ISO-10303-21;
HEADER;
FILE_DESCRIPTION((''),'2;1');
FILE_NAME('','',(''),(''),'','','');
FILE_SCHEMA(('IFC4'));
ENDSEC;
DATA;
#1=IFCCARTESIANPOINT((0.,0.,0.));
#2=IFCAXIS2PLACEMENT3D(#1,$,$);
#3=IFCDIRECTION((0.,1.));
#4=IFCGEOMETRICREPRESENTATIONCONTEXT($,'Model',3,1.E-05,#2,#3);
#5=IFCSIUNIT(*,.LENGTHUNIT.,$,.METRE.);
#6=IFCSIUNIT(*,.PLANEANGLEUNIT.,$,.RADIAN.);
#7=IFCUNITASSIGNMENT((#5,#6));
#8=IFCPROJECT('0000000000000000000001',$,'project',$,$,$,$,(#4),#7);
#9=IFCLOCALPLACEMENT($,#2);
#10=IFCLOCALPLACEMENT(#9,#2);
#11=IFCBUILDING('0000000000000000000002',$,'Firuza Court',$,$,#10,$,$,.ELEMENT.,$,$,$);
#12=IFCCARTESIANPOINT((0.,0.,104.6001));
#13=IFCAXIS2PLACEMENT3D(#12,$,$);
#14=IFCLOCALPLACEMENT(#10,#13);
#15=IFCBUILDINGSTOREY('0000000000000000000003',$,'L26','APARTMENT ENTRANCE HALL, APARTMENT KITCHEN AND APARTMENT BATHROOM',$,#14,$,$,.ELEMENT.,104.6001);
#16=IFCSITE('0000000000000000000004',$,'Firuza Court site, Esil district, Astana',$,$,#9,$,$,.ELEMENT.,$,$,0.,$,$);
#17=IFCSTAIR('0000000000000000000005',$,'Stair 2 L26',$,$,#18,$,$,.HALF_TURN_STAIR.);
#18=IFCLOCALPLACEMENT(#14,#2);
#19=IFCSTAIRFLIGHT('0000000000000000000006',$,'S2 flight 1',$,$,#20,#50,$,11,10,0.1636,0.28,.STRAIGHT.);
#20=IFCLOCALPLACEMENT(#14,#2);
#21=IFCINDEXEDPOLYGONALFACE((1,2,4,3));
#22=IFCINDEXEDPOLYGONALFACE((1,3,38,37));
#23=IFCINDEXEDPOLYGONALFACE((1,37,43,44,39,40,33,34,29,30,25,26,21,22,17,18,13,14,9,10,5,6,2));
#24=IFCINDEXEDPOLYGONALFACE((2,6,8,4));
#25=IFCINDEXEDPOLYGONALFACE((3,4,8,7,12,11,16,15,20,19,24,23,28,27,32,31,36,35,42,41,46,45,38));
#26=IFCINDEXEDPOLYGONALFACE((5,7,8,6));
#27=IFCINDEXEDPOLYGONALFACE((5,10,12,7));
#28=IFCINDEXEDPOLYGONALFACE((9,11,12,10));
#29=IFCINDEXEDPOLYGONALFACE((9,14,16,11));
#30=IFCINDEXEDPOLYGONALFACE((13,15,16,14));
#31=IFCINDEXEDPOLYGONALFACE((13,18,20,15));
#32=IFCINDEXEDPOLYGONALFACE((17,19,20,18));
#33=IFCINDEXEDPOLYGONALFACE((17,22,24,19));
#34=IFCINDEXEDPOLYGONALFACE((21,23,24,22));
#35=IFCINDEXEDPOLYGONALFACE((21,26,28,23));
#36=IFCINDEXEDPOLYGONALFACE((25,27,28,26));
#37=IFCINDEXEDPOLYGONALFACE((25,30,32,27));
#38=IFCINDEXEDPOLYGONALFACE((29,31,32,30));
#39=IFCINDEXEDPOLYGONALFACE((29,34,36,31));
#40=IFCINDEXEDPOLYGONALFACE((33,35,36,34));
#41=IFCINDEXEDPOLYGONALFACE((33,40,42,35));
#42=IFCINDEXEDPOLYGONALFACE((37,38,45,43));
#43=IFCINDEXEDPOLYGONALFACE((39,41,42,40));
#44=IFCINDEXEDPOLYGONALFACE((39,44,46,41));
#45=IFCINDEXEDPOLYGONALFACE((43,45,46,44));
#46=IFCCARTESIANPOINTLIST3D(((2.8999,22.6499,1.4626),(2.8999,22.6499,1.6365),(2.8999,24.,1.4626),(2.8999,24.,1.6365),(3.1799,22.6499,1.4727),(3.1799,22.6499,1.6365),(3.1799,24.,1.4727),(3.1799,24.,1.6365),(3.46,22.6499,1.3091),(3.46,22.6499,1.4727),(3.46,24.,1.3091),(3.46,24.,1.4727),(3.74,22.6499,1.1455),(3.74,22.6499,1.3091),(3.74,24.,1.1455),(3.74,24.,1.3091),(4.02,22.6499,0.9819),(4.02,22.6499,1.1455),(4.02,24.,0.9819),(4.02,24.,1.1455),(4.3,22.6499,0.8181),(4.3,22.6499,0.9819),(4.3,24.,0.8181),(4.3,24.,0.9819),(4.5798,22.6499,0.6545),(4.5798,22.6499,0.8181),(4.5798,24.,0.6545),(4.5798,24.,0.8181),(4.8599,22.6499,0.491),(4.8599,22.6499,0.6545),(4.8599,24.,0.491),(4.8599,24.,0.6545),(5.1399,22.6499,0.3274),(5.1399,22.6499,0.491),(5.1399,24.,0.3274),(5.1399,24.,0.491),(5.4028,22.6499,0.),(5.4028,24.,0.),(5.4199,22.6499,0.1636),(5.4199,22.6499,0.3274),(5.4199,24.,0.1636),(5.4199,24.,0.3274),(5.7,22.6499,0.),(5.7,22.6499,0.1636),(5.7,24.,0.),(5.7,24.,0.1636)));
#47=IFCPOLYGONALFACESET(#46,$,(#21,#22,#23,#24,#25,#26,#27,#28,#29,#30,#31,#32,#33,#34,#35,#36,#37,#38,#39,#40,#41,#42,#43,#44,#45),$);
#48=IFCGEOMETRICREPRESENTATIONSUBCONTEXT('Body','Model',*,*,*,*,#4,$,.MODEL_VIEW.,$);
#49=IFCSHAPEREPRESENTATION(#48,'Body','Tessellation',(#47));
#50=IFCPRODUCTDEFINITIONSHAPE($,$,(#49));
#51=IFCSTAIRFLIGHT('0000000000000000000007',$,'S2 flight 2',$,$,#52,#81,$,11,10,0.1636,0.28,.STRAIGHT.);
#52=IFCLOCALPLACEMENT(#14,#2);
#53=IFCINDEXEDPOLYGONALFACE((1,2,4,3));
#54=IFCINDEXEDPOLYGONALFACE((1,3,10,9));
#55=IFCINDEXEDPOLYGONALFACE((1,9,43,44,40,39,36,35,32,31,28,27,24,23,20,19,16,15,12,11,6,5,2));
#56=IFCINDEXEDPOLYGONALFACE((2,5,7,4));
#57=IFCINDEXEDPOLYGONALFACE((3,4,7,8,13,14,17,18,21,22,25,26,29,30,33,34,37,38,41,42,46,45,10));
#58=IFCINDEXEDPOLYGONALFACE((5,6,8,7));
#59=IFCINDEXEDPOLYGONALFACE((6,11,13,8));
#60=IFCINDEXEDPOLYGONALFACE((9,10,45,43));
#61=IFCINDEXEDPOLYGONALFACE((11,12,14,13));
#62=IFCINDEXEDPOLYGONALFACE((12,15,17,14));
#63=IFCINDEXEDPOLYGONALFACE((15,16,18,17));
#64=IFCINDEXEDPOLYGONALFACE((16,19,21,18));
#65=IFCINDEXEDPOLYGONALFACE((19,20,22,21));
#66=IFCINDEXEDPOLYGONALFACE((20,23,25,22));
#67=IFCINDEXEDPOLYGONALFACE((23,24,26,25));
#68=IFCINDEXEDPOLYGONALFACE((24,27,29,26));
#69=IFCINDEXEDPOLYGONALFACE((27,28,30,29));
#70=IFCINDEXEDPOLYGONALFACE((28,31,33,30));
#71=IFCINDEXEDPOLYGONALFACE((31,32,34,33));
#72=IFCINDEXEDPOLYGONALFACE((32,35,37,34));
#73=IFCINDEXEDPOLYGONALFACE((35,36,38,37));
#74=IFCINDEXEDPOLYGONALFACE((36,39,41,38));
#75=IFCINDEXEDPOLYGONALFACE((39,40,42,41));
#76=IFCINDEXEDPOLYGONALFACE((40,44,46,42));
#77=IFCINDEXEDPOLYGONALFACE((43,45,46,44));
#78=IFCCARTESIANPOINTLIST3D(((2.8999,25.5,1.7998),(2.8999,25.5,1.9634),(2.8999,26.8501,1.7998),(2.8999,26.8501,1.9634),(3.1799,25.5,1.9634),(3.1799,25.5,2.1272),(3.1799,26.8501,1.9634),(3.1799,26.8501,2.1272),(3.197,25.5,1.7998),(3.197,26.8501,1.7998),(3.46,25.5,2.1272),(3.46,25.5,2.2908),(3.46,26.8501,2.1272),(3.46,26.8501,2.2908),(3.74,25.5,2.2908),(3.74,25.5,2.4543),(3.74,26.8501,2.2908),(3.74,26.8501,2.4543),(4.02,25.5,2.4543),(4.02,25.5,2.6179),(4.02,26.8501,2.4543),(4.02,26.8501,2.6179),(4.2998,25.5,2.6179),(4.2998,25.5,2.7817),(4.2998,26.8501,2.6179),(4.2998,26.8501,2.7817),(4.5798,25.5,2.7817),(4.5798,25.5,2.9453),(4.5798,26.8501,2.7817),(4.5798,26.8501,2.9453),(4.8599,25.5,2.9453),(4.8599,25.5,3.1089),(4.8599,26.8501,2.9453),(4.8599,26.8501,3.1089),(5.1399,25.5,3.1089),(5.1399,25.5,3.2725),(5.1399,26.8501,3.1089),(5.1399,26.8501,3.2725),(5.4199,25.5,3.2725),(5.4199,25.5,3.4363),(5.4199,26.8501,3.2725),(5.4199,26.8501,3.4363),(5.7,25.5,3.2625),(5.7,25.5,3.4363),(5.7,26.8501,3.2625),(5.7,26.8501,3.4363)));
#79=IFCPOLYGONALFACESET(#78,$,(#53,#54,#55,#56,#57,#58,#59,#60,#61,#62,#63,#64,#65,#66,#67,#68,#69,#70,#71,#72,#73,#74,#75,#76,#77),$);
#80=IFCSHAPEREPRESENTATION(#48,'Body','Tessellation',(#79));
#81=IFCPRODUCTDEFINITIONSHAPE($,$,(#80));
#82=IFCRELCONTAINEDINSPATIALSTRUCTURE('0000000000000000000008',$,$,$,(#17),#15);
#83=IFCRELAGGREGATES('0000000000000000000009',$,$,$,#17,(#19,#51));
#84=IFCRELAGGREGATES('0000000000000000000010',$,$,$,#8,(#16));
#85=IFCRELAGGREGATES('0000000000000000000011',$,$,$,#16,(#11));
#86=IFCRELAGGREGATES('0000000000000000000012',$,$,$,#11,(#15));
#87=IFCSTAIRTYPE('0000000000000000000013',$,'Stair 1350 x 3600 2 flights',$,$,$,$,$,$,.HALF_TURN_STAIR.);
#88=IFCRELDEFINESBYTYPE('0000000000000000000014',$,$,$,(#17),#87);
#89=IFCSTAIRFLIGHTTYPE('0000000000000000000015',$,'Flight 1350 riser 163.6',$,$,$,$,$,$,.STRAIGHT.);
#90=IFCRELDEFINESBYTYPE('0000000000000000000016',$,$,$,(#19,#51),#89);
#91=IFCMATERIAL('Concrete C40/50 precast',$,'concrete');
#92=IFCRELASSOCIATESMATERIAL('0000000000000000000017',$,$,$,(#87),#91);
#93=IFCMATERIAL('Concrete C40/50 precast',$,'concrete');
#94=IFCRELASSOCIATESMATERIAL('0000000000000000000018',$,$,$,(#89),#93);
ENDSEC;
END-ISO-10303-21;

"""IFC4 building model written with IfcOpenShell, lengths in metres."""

from ifc_helpers import new_model, si_unit, direction, frame, origin, place, context, subcontext, project, spatial, polyline, outline, extrude, material, type_object, element, aggregate, save


model = new_model("IFC4")

# Units and contexts
model_context = context("Model", 3, precision=1e-05, world=origin(), true_north=direction((0.0, 1.0)))
body_context = subcontext(model_context, "Body", "Model", "MODEL_VIEW")
ifc_project = project(units=[si_unit("LENGTHUNIT", "METRE"), si_unit("PLANEANGLEUNIT", "RADIAN")], contexts=[model_context])

# Site, building, storey
site_placement = place(None, origin())
site = spatial("IfcSite", under=ifc_project, at=site_placement, Name="Firuza Court site, Esil district, Astana", CompositionType="ELEMENT", RefElevation=0.0)
building_placement = place(site_placement, origin())
building = spatial("IfcBuilding", under=site, at=building_placement, Name="Firuza Court", CompositionType="ELEMENT")
storey_placement = place(building_placement, frame((0.0, 0.0, 104.6001)))
storey = spatial("IfcBuildingStorey", under=building, at=storey_placement, Name="L26", Description="APARTMENT ENTRANCE HALL, APARTMENT KITCHEN AND APARTMENT BATHROOM", CompositionType="ELEMENT", Elevation=104.6001)

# Stair, stair flights
ifc_material_1 = material(Name="Concrete C40/50 precast", Category="concrete")
stair_type = type_object("IfcStairType", Name="Stair 1350 x 3600 2 flights", PredefinedType="HALF_TURN_STAIR", material=ifc_material_1)
stair_placement = place(storey_placement, origin())
stair = element("IfcStair", 1, at=stair_placement, inside=storey, type_object=stair_type, Name="Stair 2 L26", PredefinedType="HALF_TURN_STAIR")
ifc_material_2 = material(Name="Concrete C40/50 precast", Category="concrete")
stair_flight_type = type_object("IfcStairFlightType", Name="Flight 1350 riser 163.6", PredefinedType="STRAIGHT", material=ifc_material_2)
stair_flight_1_placement = place(storey_placement, frame((5.7, 23.325, 0.0), z_axis=(0.0, 0.0, 1.0), x_axis=(-1.0, 0.0, 0.0)))
stair_flight_1 = element("IfcStairFlight", 2, at=stair_flight_1_placement, type_object=stair_flight_type, Name="S2 flight 1", NumberOfRisers=11, NumberOfTreads=10, PredefinedType="STRAIGHT", RiserHeight=0.1636, TreadLength=0.28, context=body_context, shape_type="SweptSolid", body=[
    extrude(outline(polyline([(0.0, 0.0), (0.0, 0.1636), (0.28, 0.1636), (0.28, 0.3274), (0.5601, 0.3274), (0.5601, 0.491), (0.8401, 0.491), (0.8401, 0.6545), (1.1201, 0.6545), (1.1201, 0.8181), (1.3999, 0.8181), (1.3999, 0.9819), (1.6799, 0.9819), (1.6799, 1.1455), (1.96, 1.1455), (1.96, 1.3091), (2.24, 1.3091), (2.24, 1.4727), (2.52, 1.4727), (2.52, 1.6365), (2.8, 1.6365), (2.8, 1.8), (2.8, 1.4626), (0.2971, 0.0), (0.0, 0.0)])), frame((0.0, 0.675, 0.0), z_axis=(0.0, -1.0, 0.0), x_axis=(1.0, 0.0, 0.0)), (0.0, 0.0, 1.0), 1.3501),
])
stair_flight_2_placement = place(storey_placement, frame((2.8999, 26.175, 1.7998), z_axis=(0.0, 0.0, 1.0), x_axis=(1.0, 0.0, 0.0)))
stair_flight_2 = element("IfcStairFlight", 3, at=stair_flight_2_placement, type_object=stair_flight_type, Name="S2 flight 2", NumberOfRisers=11, NumberOfTreads=10, PredefinedType="STRAIGHT", RiserHeight=0.1636, TreadLength=0.28, context=body_context, shape_type="SweptSolid", body=[
    extrude(outline(polyline([(0.0, 0.0), (0.0, 0.1636), (0.28, 0.1636), (0.28, 0.3274), (0.5601, 0.3274), (0.5601, 0.491), (0.8401, 0.491), (0.8401, 0.6545), (1.1201, 0.6545), (1.1201, 0.8181), (1.3999, 0.8181), (1.3999, 0.9819), (1.6799, 0.9819), (1.6799, 1.1455), (1.96, 1.1455), (1.96, 1.3091), (2.24, 1.3091), (2.24, 1.4727), (2.52, 1.4727), (2.52, 1.6365), (2.8, 1.6365), (2.8, 1.8), (2.8, 1.4626), (0.2971, 0.0), (0.0, 0.0)])), frame((0.0, 0.675, 0.0), z_axis=(0.0, -1.0, 0.0), x_axis=(1.0, 0.0, 0.0)), (0.0, 0.0, 1.0), 1.3501),
])
aggregate(stair, [stair_flight_1, stair_flight_2])

save(model, "model.ifc")
